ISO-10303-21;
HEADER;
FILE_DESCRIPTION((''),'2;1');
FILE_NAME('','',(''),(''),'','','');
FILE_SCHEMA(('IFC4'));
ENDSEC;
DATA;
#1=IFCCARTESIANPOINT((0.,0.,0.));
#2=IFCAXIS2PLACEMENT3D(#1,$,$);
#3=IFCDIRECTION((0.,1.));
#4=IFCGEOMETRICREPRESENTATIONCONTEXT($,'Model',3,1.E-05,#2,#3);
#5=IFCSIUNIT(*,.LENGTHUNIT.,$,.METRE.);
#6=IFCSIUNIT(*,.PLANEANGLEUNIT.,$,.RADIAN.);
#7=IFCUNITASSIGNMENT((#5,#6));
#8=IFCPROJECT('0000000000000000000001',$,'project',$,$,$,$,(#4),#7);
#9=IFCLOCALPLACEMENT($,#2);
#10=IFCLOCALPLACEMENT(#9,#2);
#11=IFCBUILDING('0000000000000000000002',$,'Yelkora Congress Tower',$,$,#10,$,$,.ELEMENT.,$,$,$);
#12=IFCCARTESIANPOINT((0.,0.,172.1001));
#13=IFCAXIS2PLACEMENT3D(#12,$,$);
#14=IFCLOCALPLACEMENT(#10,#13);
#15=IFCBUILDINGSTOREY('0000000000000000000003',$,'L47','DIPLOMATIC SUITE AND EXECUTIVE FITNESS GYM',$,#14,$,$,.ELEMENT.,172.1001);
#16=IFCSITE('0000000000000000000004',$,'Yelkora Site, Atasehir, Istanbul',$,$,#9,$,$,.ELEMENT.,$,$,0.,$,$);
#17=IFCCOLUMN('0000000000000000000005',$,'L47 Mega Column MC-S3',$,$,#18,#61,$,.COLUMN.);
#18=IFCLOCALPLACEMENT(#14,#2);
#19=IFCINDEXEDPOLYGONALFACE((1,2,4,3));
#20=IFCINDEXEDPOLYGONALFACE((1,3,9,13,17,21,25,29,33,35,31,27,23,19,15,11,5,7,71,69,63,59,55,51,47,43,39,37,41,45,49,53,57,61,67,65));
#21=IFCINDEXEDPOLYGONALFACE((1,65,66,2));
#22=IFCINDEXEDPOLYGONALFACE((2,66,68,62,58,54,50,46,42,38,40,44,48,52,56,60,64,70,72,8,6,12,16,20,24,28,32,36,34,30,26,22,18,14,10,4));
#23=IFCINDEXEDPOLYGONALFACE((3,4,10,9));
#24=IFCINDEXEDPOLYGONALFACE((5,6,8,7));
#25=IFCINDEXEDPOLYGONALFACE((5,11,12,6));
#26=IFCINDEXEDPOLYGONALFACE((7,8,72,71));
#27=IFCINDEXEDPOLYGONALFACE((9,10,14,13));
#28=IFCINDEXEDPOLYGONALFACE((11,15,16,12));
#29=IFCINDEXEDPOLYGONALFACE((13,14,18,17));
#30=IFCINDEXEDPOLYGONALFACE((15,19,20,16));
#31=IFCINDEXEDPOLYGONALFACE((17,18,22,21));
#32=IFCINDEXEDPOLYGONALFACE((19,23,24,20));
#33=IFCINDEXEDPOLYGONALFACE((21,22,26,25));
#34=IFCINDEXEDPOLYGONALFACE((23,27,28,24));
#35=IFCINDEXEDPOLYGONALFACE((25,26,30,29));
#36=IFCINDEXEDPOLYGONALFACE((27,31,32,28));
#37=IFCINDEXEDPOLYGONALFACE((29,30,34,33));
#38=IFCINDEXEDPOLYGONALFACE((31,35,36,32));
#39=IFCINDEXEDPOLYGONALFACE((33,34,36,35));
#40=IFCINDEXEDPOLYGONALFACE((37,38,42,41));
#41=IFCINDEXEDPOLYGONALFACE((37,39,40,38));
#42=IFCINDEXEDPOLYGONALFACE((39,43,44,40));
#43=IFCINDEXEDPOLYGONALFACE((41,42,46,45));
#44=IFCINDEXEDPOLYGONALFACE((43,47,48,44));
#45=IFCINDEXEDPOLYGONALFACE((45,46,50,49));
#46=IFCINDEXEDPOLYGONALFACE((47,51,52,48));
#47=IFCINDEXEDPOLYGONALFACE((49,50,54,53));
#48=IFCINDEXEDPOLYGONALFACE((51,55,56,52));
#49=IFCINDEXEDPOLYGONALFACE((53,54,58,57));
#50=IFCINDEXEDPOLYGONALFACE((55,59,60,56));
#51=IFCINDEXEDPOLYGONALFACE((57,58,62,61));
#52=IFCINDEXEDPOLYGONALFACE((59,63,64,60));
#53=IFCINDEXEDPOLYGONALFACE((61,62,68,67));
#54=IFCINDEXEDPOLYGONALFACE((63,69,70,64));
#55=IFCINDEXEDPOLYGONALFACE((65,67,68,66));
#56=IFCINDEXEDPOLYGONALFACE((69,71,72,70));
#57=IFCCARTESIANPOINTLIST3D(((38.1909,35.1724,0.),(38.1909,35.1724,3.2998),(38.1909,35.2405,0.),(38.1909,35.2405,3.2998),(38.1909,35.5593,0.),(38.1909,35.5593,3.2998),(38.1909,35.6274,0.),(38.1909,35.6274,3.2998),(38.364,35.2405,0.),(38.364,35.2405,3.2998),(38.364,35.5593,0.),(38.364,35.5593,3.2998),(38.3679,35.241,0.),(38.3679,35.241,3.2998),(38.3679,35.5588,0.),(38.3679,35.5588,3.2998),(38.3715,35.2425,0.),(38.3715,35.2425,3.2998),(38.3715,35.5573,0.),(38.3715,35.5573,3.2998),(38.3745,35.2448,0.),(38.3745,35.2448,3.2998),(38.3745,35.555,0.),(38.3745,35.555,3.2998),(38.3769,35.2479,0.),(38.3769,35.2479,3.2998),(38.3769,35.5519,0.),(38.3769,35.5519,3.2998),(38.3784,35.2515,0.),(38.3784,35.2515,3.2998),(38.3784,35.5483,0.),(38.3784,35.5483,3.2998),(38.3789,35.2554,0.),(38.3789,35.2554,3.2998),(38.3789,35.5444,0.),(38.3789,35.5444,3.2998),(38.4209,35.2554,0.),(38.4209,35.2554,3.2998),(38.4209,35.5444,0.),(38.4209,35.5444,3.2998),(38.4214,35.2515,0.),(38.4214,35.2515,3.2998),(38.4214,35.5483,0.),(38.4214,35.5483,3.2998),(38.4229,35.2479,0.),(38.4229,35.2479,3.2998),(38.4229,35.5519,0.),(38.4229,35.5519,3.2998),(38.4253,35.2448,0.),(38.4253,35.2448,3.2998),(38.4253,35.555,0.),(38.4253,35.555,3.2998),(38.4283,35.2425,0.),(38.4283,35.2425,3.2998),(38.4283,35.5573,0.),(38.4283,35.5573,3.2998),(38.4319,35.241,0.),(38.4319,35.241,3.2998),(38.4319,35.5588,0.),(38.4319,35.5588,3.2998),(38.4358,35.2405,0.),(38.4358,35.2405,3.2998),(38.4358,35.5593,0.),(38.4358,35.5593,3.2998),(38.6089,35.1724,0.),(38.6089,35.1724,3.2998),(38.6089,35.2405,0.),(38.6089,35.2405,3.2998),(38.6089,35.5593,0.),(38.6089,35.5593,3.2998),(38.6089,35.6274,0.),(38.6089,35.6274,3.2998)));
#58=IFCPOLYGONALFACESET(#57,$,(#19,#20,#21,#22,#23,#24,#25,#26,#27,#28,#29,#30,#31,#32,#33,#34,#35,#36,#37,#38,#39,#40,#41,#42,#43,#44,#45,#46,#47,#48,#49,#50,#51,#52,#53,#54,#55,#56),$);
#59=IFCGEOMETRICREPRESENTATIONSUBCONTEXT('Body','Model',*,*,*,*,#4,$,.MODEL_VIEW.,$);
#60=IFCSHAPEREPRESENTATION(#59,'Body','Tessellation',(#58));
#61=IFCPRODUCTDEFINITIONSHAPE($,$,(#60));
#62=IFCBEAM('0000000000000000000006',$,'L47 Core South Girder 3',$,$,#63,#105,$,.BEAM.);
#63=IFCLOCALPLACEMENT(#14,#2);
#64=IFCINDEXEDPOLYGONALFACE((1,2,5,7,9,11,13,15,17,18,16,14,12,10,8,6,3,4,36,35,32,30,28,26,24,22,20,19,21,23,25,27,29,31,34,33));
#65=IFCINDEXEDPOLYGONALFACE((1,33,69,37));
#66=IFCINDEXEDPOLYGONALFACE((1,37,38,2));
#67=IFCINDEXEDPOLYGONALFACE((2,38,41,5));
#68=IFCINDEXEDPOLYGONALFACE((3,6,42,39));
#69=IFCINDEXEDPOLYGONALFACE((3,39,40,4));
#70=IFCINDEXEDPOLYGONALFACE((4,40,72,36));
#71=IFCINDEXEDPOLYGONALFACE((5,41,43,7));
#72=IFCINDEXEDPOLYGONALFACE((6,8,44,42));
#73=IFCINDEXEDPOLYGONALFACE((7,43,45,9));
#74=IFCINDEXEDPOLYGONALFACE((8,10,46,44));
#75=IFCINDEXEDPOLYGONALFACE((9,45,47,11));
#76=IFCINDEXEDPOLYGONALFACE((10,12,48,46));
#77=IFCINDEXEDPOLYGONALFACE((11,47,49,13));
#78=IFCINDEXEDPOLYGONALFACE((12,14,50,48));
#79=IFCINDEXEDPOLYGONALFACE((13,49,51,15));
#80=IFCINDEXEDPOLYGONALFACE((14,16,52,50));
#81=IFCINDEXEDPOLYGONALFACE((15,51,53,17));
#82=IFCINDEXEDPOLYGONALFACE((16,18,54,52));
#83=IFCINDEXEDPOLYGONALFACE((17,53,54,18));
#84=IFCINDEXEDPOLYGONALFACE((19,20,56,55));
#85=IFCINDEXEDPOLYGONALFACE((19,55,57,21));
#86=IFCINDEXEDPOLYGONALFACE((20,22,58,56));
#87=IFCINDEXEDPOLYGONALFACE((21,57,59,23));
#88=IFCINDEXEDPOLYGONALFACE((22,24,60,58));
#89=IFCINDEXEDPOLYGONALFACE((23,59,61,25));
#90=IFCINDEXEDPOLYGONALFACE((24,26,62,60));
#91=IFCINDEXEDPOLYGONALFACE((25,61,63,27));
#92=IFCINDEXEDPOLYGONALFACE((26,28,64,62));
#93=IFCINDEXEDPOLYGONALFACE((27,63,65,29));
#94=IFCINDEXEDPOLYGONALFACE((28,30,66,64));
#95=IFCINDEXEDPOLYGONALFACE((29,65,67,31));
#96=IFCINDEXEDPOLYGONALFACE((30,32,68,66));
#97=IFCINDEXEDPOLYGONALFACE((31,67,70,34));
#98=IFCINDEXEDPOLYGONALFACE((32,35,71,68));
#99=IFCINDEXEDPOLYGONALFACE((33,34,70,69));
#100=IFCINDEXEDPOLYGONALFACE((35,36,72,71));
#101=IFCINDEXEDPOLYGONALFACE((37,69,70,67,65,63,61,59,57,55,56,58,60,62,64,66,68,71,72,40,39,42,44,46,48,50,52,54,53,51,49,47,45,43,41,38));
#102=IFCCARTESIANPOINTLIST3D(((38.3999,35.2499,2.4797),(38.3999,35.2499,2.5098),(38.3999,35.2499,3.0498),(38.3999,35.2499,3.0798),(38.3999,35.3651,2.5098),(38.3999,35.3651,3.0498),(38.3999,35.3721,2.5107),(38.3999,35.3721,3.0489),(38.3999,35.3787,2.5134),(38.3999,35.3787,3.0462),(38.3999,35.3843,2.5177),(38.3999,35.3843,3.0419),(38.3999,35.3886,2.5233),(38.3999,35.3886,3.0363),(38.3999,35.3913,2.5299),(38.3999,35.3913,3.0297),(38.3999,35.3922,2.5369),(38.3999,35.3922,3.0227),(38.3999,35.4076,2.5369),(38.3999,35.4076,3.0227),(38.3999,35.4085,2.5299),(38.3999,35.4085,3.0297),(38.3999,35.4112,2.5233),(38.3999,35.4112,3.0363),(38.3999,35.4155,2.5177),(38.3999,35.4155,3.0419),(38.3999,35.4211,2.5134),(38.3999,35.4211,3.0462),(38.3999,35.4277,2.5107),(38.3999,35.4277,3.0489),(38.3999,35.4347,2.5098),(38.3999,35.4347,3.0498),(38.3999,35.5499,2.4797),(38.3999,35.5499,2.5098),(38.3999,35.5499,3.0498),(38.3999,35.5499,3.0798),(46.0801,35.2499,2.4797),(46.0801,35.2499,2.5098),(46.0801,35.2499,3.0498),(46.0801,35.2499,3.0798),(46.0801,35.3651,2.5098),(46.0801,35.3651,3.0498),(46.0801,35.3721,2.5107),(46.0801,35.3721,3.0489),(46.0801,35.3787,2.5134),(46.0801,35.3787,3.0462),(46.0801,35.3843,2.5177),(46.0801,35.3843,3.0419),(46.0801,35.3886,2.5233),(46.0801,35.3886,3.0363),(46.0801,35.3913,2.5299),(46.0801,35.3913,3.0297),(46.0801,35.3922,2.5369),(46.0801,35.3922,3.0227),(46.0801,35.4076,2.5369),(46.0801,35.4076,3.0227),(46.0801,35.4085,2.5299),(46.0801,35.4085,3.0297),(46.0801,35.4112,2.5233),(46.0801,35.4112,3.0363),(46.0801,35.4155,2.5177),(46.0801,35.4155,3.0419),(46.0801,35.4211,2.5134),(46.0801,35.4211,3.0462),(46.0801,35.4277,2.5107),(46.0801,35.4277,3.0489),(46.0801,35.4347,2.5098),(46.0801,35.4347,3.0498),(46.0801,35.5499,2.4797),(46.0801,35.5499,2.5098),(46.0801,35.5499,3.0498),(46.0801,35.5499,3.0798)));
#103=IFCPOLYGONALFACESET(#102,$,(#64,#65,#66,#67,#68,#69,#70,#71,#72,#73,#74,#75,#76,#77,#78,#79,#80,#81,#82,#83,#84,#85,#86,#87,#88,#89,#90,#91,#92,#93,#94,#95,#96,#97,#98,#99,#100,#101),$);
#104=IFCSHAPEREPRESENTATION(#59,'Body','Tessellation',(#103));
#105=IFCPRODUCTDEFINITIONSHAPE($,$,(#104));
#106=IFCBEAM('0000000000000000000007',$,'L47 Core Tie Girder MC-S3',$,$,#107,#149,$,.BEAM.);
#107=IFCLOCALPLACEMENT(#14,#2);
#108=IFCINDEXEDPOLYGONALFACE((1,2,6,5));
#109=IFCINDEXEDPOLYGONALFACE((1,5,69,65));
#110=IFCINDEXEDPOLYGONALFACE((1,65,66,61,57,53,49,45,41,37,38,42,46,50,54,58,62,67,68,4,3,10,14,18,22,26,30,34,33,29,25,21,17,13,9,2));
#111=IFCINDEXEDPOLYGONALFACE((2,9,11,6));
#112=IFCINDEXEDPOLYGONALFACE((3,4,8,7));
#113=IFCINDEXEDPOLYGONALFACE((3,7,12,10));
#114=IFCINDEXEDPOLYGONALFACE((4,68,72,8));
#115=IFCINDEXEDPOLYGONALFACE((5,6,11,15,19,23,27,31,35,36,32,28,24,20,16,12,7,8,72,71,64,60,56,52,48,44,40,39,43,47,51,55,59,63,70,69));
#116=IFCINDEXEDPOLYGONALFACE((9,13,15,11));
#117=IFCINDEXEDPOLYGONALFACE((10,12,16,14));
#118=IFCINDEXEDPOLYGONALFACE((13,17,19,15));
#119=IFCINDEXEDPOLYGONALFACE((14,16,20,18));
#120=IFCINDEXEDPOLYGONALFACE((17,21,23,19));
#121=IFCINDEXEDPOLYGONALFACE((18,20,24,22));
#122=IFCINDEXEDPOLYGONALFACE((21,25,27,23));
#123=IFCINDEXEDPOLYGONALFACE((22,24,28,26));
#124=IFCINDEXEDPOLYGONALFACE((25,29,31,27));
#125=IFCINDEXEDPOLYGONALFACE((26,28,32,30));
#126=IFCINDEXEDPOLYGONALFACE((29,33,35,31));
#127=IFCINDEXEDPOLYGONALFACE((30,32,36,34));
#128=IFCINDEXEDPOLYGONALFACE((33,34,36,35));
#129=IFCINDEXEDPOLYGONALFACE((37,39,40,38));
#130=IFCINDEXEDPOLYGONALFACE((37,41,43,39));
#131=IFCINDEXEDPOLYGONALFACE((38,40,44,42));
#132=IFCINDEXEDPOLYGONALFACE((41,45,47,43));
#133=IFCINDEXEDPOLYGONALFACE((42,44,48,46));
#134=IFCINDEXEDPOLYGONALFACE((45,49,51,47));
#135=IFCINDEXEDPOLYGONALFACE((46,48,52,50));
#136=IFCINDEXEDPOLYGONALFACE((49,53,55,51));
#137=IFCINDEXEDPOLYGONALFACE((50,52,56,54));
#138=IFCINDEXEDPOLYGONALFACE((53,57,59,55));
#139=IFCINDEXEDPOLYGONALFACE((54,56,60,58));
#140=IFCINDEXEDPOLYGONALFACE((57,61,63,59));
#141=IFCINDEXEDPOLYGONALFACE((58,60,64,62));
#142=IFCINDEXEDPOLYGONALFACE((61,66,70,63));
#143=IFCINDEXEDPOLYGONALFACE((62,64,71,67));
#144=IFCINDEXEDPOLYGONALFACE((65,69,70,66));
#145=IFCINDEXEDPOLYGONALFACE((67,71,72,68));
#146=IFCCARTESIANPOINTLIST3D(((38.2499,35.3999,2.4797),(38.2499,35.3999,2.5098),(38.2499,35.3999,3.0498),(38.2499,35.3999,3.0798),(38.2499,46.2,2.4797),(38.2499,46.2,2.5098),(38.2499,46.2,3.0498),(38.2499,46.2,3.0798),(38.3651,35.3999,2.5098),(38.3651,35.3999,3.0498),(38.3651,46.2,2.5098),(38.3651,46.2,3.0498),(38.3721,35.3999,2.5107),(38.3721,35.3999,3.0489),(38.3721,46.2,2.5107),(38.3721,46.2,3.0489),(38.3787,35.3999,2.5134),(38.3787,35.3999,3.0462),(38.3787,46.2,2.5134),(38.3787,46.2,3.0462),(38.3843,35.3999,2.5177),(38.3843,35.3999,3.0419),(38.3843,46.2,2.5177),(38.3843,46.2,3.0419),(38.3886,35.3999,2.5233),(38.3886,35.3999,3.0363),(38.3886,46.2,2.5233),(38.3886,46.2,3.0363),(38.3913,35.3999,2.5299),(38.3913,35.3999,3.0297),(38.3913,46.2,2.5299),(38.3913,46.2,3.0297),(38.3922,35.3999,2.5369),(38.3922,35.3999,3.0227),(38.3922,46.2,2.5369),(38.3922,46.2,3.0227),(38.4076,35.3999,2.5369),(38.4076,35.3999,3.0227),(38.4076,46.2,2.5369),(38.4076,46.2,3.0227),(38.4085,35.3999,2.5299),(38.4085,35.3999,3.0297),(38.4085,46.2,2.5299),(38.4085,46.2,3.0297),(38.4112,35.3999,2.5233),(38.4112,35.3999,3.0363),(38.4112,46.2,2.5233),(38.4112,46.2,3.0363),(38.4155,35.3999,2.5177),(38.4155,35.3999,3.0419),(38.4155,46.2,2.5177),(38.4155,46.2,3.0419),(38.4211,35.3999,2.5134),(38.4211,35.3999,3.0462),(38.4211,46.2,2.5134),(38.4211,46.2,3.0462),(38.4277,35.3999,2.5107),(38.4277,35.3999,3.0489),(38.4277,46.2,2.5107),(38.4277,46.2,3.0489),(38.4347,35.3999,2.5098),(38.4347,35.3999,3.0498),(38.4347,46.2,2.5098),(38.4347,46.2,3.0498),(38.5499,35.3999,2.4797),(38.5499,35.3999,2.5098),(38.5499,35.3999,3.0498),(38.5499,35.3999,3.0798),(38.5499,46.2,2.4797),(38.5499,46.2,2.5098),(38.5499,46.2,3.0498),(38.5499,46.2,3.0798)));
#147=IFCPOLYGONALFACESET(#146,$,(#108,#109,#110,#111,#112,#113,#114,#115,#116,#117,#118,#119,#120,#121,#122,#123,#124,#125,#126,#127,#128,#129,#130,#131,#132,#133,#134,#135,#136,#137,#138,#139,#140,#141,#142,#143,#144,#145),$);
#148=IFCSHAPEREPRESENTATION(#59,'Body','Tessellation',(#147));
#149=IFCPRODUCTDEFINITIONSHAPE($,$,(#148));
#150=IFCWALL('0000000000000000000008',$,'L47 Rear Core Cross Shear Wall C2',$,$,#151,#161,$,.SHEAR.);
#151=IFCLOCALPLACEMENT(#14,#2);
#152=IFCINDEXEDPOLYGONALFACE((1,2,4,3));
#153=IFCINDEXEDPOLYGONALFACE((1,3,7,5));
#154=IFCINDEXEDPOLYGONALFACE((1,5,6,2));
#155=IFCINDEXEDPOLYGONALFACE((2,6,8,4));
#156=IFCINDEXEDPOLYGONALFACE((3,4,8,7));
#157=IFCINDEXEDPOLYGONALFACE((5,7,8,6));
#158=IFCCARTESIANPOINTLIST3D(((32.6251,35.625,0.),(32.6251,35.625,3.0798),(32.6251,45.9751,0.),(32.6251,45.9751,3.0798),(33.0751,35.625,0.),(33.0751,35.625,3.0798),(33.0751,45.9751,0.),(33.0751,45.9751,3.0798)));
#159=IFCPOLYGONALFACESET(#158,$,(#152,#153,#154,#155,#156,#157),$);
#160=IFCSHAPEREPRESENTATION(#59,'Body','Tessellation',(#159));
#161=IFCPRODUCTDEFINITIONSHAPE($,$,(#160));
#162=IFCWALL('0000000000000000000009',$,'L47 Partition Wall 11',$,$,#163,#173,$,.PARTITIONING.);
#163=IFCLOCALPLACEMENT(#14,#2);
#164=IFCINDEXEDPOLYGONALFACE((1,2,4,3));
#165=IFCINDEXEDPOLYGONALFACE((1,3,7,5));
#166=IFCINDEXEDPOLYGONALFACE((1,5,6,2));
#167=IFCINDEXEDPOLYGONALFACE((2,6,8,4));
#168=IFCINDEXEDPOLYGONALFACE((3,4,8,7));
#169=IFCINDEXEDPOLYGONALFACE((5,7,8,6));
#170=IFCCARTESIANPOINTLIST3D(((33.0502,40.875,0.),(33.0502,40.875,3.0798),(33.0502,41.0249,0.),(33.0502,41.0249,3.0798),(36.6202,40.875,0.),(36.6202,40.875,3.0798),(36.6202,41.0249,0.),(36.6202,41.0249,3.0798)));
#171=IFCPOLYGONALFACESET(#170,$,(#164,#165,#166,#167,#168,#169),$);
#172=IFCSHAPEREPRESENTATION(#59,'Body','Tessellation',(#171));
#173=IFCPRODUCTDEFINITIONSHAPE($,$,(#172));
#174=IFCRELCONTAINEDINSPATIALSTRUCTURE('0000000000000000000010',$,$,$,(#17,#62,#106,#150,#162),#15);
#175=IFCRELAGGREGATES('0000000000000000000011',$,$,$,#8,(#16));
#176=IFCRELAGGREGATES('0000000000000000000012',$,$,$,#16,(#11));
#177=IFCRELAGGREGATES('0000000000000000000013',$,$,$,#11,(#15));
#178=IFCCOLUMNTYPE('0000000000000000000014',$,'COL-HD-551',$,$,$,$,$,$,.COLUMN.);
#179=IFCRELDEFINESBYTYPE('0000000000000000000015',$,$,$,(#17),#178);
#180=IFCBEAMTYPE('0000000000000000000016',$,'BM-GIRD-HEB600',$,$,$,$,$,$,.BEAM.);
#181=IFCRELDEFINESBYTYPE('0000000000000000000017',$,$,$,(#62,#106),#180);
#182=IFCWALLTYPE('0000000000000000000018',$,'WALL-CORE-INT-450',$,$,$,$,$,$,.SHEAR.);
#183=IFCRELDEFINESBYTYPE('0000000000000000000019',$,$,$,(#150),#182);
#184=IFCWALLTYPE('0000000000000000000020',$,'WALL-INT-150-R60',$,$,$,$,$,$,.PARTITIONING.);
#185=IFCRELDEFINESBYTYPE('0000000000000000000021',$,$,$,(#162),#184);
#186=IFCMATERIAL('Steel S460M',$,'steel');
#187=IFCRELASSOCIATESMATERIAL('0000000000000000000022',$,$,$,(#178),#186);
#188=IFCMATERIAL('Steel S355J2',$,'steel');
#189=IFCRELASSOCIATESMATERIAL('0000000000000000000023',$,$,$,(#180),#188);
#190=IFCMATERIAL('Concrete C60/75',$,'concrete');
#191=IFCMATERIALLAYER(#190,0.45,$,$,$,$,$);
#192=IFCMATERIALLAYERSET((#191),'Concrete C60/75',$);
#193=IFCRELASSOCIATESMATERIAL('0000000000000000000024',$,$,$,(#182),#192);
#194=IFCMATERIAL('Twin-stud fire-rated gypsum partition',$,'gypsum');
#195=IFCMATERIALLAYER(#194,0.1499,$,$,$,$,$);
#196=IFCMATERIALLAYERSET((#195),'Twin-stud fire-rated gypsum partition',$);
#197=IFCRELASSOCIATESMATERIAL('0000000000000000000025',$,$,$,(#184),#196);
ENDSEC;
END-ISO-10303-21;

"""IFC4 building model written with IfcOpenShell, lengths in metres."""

from ifc_helpers import new_model, si_unit, direction, frame, frame_2d, origin, origin_2d, place, context, subcontext, project, spatial, rectangle, i_section, extrude, material, layer, layer_set, material_profile, profile_set, type_object, element, save


model = new_model("IFC4")

# Units and contexts
model_context = context("Model", 3, precision=1e-05, world=origin(), true_north=direction((0.0, 1.0)))
body_context = subcontext(model_context, "Body", "Model", "MODEL_VIEW")
ifc_project = project(units=[si_unit("LENGTHUNIT", "METRE"), si_unit("PLANEANGLEUNIT", "RADIAN")], contexts=[model_context])

# Site, building, storey
site_placement = place(None, origin())
site = spatial("IfcSite", under=ifc_project, at=site_placement, Name="Yelkora Site, Atasehir, Istanbul", CompositionType="ELEMENT", RefElevation=0.0)
building_placement = place(site_placement, origin())
building = spatial("IfcBuilding", under=site, at=building_placement, Name="Yelkora Congress Tower", CompositionType="ELEMENT")
storey_placement = place(building_placement, frame((0.0, 0.0, 172.1001)))
storey = spatial("IfcBuildingStorey", under=building, at=storey_placement, Name="L47", Description="DIPLOMATIC SUITE AND EXECUTIVE FITNESS GYM", CompositionType="ELEMENT", Elevation=172.1001)

# Column
ifc_material_1 = material(Name="Steel S460M", Category="steel")
ifc_material_profile_1 = material_profile(ifc_material_1, i_section(OverallWidth=0.418, OverallDepth=0.4551, WebThickness=0.042, FlangeThickness=0.0681, FilletRadius=0.0149, at=origin_2d()), Name="HD 400x551")
ifc_profile_set_1 = profile_set([ifc_material_profile_1], Name="Steel S460M")
column_type = type_object("IfcColumnType", Name="COL-HD-551", PredefinedType="COLUMN", material=ifc_profile_set_1)
column_placement = place(storey_placement, frame((38.3999, 35.3999, 0.0), z_axis=(0.0, 0.0, 1.0), x_axis=(1.0, 0.0, 0.0)))
element("IfcColumn", 1, at=column_placement, inside=storey, type_object=column_type, Name="L47 Mega Column MC-S3", PredefinedType="COLUMN", context=body_context, shape_type="SweptSolid", body=[
    extrude(i_section(OverallWidth=0.418, OverallDepth=0.4551, WebThickness=0.042, FlangeThickness=0.0681, FilletRadius=0.0149, at=origin_2d()), origin(), (0.0, 0.0, 1.0), 3.2998),
])

# Beams
ifc_material_2 = material(Name="Steel S355J2", Category="steel")
ifc_material_profile_2 = material_profile(ifc_material_2, i_section(OverallWidth=0.3, OverallDepth=0.6001, WebThickness=0.0154, FlangeThickness=0.03, FilletRadius=0.0271, at=origin_2d()), Name="HEB 600")
ifc_profile_set_2 = profile_set([ifc_material_profile_2], Name="Steel S355J2")
beam_type = type_object("IfcBeamType", Name="BM-GIRD-HEB600", PredefinedType="BEAM", material=ifc_profile_set_2)
beam_1_placement = place(storey_placement, frame((38.3999, 35.3999, 2.7798), z_axis=(1.0, 0.0, 0.0), x_axis=(0.0, 1.0, 0.0)))
element("IfcBeam", 2, at=beam_1_placement, inside=storey, type_object=beam_type, Name="L47 Core South Girder 3", PredefinedType="BEAM", context=body_context, shape_type="SweptSolid", body=[
    extrude(i_section(OverallWidth=0.3, OverallDepth=0.6001, WebThickness=0.0154, FlangeThickness=0.03, FilletRadius=0.0271, at=origin_2d()), origin(), (0.0, 0.0, 1.0), 7.6802),
])
beam_2_placement = place(storey_placement, frame((38.3999, 35.3999, 2.7798), z_axis=(0.0, 1.0, 0.0), x_axis=(-1.0, 0.0, 0.0)))
element("IfcBeam", 3, at=beam_2_placement, inside=storey, type_object=beam_type, Name="L47 Core Tie Girder MC-S3", PredefinedType="BEAM", context=body_context, shape_type="SweptSolid", body=[
    extrude(i_section(OverallWidth=0.3, OverallDepth=0.6001, WebThickness=0.0154, FlangeThickness=0.03, FilletRadius=0.0271, at=origin_2d()), origin(), (0.0, 0.0, 1.0), 10.8),
])

# Shared definitions
ifc_material_3 = material(Name="Concrete C60/75", Category="concrete")
ifc_layer_1 = layer(ifc_material_3, 0.45)
ifc_layer_set_1 = layer_set([ifc_layer_1], Name="Concrete C60/75")
wall_type_1 = type_object("IfcWallType", Name="WALL-CORE-INT-450", PredefinedType="SHEAR", material=ifc_layer_set_1)

# Walls
wall_1_placement = place(storey_placement, frame((32.8501, 35.625, 0.0), z_axis=(0.0, 0.0, 1.0), x_axis=(0.0, 1.0, 0.0)))
element("IfcWall", 4, at=wall_1_placement, inside=storey, type_object=wall_type_1, Name="L47 Rear Core Cross Shear Wall C2", PredefinedType="SHEAR", context=body_context, shape_type="SweptSolid", body=[
    extrude(rectangle(XDim=10.3501, YDim=0.45, at=frame_2d((5.175, 0.0))), origin(), (0.0, 0.0, 1.0), 3.0798),
])
ifc_material_4 = material(Name="Twin-stud fire-rated gypsum partition", Category="gypsum")
ifc_layer_2 = layer(ifc_material_4, 0.1499)
ifc_layer_set_2 = layer_set([ifc_layer_2], Name="Twin-stud fire-rated gypsum partition")
wall_type_2 = type_object("IfcWallType", Name="WALL-INT-150-R60", PredefinedType="PARTITIONING", material=ifc_layer_set_2)
wall_2_placement = place(storey_placement, frame((33.05, 40.95, 0.0), z_axis=(0.0, 0.0, 1.0), x_axis=(1.0, 0.0, 0.0)))
element("IfcWall", 5, at=wall_2_placement, inside=storey, type_object=wall_type_2, Name="L47 Partition Wall 11", PredefinedType="PARTITIONING", context=body_context, shape_type="SweptSolid", body=[
    extrude(rectangle(XDim=3.5701, YDim=0.1499, at=frame_2d((1.7852, 0.0))), origin(), (0.0, 0.0, 1.0), 3.0798),
])

save(model, "model.ifc")
